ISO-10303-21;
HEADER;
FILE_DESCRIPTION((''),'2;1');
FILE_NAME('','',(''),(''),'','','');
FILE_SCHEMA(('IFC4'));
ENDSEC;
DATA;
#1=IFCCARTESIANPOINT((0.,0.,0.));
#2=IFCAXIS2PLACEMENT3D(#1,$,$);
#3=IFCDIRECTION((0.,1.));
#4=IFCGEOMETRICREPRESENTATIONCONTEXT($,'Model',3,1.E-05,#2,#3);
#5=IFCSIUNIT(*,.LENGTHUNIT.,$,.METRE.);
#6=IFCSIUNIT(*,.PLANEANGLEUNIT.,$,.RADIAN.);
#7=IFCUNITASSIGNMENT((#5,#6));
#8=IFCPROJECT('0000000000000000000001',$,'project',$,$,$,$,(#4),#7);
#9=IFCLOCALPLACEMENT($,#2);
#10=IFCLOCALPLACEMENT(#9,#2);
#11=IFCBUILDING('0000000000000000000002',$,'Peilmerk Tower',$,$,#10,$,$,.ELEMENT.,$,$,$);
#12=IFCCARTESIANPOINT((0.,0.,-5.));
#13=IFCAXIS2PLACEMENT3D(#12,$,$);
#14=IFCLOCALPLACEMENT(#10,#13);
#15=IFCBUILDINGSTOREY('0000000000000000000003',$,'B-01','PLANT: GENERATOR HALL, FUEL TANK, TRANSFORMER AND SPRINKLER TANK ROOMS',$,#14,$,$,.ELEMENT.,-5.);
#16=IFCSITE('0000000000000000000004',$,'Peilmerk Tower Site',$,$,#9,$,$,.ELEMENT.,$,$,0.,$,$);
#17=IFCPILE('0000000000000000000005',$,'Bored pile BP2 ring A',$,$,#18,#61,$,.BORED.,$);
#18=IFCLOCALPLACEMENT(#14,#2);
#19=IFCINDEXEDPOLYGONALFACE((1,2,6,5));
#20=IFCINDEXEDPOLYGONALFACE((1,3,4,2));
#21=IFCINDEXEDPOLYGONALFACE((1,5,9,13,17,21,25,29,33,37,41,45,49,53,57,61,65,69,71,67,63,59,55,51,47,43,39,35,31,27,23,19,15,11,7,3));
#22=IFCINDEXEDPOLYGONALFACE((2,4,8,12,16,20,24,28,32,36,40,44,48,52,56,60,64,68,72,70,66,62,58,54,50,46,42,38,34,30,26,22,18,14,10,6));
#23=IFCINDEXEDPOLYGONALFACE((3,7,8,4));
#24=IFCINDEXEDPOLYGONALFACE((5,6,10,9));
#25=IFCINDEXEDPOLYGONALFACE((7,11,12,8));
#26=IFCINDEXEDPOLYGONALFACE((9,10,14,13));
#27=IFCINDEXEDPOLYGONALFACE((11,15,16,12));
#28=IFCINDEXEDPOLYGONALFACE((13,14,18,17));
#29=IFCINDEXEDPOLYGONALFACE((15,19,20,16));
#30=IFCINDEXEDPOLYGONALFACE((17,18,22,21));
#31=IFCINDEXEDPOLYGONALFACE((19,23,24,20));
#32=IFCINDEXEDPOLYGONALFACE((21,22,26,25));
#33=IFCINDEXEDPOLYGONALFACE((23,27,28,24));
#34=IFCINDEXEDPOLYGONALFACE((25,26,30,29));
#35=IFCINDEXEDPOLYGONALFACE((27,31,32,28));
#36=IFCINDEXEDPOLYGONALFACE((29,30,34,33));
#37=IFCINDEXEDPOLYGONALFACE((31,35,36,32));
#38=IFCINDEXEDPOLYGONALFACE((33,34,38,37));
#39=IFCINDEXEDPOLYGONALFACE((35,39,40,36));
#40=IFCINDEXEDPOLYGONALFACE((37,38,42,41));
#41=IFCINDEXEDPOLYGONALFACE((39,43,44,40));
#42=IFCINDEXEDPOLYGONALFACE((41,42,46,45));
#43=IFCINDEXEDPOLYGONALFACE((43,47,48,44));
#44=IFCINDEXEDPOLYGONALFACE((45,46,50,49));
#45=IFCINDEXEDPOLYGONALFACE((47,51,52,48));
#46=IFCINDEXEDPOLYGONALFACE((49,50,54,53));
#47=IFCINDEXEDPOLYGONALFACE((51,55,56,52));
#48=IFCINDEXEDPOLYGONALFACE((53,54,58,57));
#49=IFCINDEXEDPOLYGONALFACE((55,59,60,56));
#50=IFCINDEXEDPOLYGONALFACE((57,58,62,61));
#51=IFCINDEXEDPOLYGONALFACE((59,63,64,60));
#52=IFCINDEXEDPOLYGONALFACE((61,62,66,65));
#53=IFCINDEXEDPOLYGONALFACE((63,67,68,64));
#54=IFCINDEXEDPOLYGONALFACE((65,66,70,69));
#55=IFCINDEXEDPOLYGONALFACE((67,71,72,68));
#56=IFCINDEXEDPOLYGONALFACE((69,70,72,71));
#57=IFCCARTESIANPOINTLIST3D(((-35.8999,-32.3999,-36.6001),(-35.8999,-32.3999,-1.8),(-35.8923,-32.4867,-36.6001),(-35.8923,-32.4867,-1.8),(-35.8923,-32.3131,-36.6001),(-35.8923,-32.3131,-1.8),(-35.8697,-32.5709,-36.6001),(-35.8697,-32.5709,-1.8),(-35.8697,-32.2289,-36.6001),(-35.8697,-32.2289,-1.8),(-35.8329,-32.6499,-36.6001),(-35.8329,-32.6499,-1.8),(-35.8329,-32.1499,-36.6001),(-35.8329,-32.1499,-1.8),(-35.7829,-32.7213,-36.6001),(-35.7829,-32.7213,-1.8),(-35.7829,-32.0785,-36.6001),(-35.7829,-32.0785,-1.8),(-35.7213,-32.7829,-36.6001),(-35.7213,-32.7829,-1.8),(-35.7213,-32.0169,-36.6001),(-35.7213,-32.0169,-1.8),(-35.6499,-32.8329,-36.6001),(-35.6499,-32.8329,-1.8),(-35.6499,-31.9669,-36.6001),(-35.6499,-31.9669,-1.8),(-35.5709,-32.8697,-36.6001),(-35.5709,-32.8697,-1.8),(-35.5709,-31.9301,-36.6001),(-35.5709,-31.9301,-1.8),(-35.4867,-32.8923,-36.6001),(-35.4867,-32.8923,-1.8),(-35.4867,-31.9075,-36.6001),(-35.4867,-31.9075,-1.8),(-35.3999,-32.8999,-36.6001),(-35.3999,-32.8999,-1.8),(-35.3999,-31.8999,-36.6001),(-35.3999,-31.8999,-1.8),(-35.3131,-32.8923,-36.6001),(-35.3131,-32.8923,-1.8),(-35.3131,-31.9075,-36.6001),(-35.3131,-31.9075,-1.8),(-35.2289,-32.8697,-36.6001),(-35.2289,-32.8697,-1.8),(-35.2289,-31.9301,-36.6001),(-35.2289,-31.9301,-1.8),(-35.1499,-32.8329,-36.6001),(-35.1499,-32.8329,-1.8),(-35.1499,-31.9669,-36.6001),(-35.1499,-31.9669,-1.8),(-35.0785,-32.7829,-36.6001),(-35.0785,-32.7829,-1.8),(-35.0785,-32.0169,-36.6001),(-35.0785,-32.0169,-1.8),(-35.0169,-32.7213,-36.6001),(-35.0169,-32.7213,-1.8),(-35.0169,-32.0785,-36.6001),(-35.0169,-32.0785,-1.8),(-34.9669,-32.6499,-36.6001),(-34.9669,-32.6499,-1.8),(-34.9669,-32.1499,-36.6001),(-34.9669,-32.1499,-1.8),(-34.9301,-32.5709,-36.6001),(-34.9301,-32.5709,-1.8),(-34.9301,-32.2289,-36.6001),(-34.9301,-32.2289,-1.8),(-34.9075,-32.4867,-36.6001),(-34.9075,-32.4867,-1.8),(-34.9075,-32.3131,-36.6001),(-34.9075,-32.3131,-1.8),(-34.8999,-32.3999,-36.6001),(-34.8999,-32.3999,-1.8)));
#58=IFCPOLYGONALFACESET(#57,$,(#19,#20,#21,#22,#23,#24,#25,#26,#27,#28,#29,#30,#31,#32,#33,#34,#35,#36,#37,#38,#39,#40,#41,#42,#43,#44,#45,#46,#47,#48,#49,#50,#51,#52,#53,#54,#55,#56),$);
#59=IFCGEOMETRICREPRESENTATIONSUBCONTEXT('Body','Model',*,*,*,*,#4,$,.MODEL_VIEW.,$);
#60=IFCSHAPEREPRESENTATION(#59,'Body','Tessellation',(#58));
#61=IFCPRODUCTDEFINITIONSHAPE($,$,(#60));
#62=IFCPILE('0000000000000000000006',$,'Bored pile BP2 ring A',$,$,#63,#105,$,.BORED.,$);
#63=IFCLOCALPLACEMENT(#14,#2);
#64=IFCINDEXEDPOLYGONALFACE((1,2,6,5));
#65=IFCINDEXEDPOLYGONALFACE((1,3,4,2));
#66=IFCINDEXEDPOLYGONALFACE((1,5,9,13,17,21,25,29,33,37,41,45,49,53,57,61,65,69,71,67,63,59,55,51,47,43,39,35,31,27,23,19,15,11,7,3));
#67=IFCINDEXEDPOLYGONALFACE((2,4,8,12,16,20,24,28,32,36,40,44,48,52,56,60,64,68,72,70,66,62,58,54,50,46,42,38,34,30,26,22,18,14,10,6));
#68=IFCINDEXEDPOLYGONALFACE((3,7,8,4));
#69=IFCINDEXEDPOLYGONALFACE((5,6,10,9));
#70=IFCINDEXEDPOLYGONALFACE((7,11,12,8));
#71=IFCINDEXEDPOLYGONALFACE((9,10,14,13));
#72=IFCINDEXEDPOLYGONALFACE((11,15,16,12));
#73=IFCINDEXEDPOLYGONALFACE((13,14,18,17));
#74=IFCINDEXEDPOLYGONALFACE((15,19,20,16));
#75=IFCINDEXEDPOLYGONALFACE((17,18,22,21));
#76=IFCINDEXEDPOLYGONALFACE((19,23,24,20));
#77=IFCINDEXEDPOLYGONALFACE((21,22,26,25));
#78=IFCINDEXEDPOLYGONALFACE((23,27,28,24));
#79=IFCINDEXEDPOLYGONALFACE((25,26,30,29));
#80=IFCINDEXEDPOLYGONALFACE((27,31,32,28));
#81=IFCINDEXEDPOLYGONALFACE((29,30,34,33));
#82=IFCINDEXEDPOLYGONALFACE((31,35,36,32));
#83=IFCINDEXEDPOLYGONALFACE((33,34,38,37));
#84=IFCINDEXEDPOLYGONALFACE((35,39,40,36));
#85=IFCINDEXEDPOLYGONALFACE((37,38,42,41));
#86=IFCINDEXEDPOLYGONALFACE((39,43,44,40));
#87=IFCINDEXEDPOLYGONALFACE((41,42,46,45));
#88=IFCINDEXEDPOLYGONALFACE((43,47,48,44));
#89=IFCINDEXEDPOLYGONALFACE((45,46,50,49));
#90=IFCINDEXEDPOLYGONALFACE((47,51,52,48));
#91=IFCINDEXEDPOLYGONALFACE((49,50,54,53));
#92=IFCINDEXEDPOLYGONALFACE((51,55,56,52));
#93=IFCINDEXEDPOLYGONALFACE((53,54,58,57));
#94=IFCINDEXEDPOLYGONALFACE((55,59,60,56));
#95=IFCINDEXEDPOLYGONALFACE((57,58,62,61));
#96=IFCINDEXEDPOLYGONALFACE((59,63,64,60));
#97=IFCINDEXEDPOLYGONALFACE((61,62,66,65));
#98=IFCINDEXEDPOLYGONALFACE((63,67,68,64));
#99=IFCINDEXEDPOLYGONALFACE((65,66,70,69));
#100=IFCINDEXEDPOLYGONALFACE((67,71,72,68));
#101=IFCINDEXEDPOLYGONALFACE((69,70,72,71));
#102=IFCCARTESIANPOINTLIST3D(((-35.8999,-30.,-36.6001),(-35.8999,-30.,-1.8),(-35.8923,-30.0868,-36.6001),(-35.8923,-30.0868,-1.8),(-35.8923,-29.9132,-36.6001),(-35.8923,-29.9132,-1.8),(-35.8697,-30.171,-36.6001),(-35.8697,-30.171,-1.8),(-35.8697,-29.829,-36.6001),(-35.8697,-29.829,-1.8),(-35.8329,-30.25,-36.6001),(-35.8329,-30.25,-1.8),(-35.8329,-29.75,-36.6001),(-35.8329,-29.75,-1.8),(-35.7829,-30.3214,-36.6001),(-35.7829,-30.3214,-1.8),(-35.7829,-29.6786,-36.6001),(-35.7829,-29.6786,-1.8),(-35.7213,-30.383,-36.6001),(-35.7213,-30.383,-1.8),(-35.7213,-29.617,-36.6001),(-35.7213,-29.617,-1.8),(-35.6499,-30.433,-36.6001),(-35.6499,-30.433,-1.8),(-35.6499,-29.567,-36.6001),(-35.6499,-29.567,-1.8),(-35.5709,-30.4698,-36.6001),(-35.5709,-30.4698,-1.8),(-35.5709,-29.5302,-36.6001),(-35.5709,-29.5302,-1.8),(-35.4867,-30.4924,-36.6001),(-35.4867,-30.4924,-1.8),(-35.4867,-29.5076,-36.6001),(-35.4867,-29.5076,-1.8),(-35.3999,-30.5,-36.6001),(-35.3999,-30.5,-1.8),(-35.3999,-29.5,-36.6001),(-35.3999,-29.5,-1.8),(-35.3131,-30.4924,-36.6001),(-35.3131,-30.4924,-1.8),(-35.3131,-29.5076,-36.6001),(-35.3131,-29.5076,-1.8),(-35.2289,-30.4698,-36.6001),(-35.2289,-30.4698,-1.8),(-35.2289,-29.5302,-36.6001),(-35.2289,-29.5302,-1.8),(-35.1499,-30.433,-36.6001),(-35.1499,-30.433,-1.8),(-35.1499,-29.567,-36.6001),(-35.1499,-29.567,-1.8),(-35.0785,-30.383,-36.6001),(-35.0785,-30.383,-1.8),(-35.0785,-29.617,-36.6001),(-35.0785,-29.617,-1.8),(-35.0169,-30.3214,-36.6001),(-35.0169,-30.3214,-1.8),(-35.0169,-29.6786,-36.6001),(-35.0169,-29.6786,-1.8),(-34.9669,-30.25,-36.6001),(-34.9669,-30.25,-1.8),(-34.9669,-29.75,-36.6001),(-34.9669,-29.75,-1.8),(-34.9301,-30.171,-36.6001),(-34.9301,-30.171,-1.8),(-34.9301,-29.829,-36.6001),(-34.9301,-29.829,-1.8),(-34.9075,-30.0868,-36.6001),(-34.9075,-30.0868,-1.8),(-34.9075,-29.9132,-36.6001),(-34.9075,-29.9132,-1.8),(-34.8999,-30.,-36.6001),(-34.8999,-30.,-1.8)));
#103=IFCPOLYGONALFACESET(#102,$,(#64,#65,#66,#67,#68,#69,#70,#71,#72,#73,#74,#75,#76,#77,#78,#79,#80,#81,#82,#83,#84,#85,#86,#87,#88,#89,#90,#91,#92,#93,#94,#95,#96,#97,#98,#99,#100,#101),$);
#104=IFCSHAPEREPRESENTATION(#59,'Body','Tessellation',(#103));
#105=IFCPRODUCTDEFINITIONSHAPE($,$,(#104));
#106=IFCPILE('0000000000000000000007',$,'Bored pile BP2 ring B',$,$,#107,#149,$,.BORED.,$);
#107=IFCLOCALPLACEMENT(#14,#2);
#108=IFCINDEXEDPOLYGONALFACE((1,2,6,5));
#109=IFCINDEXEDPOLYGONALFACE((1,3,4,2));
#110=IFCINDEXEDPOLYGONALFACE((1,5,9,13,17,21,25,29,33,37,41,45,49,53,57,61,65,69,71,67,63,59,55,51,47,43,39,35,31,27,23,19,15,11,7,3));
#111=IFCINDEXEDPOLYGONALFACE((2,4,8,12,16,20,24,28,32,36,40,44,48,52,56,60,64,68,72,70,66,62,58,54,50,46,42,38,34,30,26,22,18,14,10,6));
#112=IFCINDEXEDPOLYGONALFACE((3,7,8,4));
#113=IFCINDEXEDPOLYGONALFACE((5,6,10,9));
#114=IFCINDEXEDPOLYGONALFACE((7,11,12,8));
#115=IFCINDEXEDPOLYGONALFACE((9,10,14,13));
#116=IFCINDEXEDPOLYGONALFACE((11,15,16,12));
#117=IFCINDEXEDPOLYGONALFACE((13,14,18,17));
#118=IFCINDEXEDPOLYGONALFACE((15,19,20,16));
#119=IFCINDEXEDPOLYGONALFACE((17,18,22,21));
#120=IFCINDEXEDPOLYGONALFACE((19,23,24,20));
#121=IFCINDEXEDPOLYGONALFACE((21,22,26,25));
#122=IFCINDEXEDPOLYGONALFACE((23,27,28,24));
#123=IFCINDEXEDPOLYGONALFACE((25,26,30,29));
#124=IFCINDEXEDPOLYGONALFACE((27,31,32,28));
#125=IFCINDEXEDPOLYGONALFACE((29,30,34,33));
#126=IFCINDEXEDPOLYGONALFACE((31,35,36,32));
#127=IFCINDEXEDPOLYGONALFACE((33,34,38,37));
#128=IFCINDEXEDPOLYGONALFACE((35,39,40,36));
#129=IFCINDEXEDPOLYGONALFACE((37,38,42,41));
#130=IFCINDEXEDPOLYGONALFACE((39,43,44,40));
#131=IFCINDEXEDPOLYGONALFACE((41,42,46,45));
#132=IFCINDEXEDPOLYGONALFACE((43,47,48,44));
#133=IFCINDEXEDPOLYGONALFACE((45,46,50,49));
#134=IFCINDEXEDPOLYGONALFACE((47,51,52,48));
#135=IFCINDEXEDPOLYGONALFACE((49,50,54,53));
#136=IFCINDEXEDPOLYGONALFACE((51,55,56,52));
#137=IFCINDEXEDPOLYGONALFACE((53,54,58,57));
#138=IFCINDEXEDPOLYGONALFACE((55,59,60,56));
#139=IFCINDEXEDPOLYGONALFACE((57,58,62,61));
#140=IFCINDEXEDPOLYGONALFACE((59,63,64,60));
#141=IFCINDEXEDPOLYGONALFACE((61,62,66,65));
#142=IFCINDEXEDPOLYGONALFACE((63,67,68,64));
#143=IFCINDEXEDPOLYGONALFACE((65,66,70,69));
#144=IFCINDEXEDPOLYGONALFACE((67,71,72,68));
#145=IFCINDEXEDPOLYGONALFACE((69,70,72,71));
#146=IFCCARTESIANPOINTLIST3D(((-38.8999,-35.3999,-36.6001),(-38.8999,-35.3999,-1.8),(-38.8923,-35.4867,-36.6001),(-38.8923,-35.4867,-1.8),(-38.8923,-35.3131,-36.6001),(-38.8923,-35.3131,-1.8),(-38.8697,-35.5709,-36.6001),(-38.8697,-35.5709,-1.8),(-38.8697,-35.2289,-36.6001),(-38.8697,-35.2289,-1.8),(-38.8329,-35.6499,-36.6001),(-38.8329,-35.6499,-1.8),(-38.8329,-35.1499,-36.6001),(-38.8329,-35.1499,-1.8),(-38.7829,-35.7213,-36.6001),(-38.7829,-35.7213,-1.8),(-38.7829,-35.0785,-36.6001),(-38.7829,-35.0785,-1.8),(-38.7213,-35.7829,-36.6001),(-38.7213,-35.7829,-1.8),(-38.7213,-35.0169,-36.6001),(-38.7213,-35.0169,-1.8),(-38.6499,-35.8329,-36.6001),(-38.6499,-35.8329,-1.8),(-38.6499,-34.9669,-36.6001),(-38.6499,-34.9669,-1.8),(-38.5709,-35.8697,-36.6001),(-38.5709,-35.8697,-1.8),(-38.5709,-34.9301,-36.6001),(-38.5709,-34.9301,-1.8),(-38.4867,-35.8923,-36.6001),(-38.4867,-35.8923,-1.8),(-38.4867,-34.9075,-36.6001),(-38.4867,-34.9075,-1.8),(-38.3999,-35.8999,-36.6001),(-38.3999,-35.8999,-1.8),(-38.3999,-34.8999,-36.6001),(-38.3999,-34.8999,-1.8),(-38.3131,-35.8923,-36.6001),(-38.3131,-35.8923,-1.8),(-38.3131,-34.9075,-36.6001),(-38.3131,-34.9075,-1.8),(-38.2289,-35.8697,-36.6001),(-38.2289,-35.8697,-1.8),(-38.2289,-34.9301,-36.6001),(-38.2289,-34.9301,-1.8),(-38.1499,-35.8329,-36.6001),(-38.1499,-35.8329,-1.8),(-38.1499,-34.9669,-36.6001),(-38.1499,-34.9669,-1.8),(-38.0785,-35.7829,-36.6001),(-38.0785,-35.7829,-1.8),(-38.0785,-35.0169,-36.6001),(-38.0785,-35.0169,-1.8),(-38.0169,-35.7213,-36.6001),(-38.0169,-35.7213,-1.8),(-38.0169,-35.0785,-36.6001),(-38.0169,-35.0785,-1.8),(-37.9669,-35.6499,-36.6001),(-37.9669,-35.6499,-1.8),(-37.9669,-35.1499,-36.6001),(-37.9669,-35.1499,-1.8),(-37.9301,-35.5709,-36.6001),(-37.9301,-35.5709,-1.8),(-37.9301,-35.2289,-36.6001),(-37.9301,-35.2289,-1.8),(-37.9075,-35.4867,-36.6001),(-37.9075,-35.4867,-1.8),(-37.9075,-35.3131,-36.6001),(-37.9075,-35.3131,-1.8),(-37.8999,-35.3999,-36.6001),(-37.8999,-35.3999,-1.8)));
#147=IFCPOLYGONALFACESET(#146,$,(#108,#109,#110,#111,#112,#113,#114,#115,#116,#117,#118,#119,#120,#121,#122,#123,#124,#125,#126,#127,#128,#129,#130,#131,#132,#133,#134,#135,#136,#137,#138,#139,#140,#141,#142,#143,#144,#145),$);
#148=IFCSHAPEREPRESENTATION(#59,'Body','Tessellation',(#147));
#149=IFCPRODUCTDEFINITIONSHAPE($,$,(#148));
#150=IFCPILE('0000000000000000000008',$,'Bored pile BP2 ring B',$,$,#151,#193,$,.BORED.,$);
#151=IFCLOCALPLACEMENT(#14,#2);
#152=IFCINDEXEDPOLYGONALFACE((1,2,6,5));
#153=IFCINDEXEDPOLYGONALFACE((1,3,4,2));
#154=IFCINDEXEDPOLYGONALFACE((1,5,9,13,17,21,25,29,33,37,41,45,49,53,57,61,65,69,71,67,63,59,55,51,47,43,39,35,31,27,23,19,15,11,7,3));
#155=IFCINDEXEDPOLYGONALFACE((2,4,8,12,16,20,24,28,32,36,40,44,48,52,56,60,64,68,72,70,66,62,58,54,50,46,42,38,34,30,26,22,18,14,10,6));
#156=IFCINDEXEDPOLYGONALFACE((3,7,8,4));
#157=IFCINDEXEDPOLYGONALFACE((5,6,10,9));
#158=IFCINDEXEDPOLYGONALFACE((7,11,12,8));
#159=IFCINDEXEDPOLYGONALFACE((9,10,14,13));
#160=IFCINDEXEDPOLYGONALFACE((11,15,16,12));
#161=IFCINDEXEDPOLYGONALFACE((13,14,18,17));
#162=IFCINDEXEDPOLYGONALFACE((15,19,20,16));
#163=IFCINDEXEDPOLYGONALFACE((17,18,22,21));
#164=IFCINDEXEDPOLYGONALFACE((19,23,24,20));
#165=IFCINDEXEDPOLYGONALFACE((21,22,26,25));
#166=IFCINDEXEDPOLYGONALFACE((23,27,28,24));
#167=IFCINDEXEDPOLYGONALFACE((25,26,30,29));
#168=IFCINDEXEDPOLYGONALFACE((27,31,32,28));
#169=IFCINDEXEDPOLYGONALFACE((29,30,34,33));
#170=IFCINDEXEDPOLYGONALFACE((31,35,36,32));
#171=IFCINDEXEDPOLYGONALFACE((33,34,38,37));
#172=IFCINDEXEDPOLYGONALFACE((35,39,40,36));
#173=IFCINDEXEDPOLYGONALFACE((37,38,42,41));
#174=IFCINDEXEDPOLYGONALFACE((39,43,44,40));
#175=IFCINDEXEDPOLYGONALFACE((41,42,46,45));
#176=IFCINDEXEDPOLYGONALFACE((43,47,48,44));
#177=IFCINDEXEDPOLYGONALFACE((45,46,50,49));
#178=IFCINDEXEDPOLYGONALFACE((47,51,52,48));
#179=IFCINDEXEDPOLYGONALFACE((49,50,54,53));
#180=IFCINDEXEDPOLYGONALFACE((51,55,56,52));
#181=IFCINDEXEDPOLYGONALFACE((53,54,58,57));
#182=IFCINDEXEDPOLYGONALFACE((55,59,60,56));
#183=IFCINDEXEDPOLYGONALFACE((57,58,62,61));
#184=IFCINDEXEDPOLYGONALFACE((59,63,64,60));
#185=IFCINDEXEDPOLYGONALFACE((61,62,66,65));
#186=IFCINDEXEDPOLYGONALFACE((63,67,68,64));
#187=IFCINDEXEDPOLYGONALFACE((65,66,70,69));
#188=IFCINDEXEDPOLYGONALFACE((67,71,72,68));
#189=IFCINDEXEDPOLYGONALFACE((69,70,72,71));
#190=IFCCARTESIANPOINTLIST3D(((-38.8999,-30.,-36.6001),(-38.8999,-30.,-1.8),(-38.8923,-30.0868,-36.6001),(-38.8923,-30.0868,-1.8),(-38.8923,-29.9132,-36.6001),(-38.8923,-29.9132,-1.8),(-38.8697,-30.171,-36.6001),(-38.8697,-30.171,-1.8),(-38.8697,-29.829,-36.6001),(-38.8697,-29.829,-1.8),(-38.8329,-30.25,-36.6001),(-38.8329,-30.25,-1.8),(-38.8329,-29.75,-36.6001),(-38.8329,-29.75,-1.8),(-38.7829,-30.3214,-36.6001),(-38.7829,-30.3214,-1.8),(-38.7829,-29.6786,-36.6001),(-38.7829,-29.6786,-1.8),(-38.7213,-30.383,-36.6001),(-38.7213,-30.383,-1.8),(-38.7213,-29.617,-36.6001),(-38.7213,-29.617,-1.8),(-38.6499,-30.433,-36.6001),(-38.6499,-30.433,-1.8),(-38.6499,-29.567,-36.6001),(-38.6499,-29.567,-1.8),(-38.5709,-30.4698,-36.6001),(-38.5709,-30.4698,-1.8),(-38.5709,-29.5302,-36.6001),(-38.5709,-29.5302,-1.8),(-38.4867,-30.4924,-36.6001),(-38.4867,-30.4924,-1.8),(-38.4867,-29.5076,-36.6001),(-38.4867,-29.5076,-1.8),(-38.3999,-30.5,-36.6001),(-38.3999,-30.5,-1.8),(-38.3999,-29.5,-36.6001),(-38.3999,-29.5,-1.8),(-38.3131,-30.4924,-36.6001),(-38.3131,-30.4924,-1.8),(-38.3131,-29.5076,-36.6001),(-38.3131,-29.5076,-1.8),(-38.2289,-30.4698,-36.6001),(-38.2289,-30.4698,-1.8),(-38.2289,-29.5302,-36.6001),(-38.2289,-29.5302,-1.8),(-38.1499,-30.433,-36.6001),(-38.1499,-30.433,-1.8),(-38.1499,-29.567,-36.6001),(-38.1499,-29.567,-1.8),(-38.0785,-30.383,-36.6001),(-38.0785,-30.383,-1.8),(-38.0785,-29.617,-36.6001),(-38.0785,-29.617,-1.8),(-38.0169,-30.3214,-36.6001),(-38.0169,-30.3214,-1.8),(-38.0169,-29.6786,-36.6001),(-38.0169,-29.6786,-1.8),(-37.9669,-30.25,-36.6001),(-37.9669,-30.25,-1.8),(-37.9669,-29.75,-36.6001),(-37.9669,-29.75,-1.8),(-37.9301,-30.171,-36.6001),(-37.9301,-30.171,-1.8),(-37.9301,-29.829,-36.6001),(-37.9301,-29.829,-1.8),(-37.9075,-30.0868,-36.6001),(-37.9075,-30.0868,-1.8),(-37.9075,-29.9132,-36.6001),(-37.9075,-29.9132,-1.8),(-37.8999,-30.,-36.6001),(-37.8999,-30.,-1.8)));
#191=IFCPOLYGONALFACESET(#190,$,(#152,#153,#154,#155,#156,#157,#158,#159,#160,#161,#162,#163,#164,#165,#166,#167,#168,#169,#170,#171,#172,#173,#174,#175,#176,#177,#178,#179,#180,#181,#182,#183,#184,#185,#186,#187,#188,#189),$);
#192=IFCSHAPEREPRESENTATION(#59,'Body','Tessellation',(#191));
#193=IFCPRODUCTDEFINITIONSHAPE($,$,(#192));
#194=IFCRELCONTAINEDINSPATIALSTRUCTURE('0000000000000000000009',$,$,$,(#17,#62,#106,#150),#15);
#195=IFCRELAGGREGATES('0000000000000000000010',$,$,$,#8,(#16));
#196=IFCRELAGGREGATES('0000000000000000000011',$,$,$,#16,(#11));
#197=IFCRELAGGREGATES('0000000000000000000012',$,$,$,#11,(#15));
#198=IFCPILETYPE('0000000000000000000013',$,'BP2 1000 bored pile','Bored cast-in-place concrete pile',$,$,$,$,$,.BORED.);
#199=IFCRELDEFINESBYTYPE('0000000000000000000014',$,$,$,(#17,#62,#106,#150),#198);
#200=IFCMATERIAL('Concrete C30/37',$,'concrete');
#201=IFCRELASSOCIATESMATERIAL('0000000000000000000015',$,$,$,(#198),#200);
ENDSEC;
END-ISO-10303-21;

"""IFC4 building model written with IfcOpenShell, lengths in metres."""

from ifc_helpers import new_model, si_unit, direction, frame, origin, origin_2d, place, context, subcontext, project, spatial, circle, extrude, material, material_profile, profile_set, type_object, element, save


model = new_model("IFC4")

# Units and contexts
model_context = context("Model", 3, precision=1e-05, world=origin(), true_north=direction((0.0, 1.0)))
body_context = subcontext(model_context, "Body", "Model", "MODEL_VIEW")
ifc_project = project(units=[si_unit("LENGTHUNIT", "METRE"), si_unit("PLANEANGLEUNIT", "RADIAN")], contexts=[model_context])

# Site, building, storey
site_placement = place(None, origin())
site = spatial("IfcSite", under=ifc_project, at=site_placement, Name="Peilmerk Tower Site", CompositionType="ELEMENT", RefElevation=0.0)
building_placement = place(site_placement, origin())
building = spatial("IfcBuilding", under=site, at=building_placement, Name="Peilmerk Tower", CompositionType="ELEMENT")
storey_placement = place(building_placement, frame((0.0, 0.0, -5.0)))
storey = spatial("IfcBuildingStorey", under=building, at=storey_placement, Name="B-01", Description="PLANT: GENERATOR HALL, FUEL TANK, TRANSFORMER AND SPRINKLER TANK ROOMS", CompositionType="ELEMENT", Elevation=-5.0)

# Piles
ifc_material_1 = material(Name="Concrete C30/37", Category="concrete")
ifc_material_profile_1 = material_profile(ifc_material_1, circle(Radius=0.5, at=origin_2d()), Name="BP 1000")
ifc_profile_set_1 = profile_set([ifc_material_profile_1], Name="Concrete C30/37")
pile_type = type_object("IfcPileType", Name="BP2 1000 bored pile", Description="Bored cast-in-place concrete pile", PredefinedType="BORED", material=ifc_profile_set_1)
for number, where, z_axis, x_axis, name in (
    (1, (-35.3999, -32.3999, -1.8), (0.0, 0.0, -1.0), (1.0, 0.0, 0.0), "Bored pile BP2 ring A"),
    (2, (-35.3999, -30.0, -1.8), (0.0, 0.0, -1.0), (1.0, 0.0, 0.0), "Bored pile BP2 ring A"),
    (3, (-38.3999, -35.3999, -1.8), (0.0, 0.0, -1.0), (1.0, 0.0, 0.0), "Bored pile BP2 ring B"),
    (4, (-38.3999, -30.0, -1.8), (0.0, 0.0, -1.0), (1.0, 0.0, 0.0), "Bored pile BP2 ring B"),
):
    element("IfcPile", number, at=place(storey_placement, frame(where, z_axis=z_axis, x_axis=x_axis)), inside=storey, type_object=pile_type, Name=name, PredefinedType="BORED", context=body_context, shape_type="SweptSolid", body=[
        extrude(circle(Radius=0.5, at=origin_2d()), origin(), (0.0, 0.0, 1.0), 34.8),
    ])

save(model, "model.ifc")
